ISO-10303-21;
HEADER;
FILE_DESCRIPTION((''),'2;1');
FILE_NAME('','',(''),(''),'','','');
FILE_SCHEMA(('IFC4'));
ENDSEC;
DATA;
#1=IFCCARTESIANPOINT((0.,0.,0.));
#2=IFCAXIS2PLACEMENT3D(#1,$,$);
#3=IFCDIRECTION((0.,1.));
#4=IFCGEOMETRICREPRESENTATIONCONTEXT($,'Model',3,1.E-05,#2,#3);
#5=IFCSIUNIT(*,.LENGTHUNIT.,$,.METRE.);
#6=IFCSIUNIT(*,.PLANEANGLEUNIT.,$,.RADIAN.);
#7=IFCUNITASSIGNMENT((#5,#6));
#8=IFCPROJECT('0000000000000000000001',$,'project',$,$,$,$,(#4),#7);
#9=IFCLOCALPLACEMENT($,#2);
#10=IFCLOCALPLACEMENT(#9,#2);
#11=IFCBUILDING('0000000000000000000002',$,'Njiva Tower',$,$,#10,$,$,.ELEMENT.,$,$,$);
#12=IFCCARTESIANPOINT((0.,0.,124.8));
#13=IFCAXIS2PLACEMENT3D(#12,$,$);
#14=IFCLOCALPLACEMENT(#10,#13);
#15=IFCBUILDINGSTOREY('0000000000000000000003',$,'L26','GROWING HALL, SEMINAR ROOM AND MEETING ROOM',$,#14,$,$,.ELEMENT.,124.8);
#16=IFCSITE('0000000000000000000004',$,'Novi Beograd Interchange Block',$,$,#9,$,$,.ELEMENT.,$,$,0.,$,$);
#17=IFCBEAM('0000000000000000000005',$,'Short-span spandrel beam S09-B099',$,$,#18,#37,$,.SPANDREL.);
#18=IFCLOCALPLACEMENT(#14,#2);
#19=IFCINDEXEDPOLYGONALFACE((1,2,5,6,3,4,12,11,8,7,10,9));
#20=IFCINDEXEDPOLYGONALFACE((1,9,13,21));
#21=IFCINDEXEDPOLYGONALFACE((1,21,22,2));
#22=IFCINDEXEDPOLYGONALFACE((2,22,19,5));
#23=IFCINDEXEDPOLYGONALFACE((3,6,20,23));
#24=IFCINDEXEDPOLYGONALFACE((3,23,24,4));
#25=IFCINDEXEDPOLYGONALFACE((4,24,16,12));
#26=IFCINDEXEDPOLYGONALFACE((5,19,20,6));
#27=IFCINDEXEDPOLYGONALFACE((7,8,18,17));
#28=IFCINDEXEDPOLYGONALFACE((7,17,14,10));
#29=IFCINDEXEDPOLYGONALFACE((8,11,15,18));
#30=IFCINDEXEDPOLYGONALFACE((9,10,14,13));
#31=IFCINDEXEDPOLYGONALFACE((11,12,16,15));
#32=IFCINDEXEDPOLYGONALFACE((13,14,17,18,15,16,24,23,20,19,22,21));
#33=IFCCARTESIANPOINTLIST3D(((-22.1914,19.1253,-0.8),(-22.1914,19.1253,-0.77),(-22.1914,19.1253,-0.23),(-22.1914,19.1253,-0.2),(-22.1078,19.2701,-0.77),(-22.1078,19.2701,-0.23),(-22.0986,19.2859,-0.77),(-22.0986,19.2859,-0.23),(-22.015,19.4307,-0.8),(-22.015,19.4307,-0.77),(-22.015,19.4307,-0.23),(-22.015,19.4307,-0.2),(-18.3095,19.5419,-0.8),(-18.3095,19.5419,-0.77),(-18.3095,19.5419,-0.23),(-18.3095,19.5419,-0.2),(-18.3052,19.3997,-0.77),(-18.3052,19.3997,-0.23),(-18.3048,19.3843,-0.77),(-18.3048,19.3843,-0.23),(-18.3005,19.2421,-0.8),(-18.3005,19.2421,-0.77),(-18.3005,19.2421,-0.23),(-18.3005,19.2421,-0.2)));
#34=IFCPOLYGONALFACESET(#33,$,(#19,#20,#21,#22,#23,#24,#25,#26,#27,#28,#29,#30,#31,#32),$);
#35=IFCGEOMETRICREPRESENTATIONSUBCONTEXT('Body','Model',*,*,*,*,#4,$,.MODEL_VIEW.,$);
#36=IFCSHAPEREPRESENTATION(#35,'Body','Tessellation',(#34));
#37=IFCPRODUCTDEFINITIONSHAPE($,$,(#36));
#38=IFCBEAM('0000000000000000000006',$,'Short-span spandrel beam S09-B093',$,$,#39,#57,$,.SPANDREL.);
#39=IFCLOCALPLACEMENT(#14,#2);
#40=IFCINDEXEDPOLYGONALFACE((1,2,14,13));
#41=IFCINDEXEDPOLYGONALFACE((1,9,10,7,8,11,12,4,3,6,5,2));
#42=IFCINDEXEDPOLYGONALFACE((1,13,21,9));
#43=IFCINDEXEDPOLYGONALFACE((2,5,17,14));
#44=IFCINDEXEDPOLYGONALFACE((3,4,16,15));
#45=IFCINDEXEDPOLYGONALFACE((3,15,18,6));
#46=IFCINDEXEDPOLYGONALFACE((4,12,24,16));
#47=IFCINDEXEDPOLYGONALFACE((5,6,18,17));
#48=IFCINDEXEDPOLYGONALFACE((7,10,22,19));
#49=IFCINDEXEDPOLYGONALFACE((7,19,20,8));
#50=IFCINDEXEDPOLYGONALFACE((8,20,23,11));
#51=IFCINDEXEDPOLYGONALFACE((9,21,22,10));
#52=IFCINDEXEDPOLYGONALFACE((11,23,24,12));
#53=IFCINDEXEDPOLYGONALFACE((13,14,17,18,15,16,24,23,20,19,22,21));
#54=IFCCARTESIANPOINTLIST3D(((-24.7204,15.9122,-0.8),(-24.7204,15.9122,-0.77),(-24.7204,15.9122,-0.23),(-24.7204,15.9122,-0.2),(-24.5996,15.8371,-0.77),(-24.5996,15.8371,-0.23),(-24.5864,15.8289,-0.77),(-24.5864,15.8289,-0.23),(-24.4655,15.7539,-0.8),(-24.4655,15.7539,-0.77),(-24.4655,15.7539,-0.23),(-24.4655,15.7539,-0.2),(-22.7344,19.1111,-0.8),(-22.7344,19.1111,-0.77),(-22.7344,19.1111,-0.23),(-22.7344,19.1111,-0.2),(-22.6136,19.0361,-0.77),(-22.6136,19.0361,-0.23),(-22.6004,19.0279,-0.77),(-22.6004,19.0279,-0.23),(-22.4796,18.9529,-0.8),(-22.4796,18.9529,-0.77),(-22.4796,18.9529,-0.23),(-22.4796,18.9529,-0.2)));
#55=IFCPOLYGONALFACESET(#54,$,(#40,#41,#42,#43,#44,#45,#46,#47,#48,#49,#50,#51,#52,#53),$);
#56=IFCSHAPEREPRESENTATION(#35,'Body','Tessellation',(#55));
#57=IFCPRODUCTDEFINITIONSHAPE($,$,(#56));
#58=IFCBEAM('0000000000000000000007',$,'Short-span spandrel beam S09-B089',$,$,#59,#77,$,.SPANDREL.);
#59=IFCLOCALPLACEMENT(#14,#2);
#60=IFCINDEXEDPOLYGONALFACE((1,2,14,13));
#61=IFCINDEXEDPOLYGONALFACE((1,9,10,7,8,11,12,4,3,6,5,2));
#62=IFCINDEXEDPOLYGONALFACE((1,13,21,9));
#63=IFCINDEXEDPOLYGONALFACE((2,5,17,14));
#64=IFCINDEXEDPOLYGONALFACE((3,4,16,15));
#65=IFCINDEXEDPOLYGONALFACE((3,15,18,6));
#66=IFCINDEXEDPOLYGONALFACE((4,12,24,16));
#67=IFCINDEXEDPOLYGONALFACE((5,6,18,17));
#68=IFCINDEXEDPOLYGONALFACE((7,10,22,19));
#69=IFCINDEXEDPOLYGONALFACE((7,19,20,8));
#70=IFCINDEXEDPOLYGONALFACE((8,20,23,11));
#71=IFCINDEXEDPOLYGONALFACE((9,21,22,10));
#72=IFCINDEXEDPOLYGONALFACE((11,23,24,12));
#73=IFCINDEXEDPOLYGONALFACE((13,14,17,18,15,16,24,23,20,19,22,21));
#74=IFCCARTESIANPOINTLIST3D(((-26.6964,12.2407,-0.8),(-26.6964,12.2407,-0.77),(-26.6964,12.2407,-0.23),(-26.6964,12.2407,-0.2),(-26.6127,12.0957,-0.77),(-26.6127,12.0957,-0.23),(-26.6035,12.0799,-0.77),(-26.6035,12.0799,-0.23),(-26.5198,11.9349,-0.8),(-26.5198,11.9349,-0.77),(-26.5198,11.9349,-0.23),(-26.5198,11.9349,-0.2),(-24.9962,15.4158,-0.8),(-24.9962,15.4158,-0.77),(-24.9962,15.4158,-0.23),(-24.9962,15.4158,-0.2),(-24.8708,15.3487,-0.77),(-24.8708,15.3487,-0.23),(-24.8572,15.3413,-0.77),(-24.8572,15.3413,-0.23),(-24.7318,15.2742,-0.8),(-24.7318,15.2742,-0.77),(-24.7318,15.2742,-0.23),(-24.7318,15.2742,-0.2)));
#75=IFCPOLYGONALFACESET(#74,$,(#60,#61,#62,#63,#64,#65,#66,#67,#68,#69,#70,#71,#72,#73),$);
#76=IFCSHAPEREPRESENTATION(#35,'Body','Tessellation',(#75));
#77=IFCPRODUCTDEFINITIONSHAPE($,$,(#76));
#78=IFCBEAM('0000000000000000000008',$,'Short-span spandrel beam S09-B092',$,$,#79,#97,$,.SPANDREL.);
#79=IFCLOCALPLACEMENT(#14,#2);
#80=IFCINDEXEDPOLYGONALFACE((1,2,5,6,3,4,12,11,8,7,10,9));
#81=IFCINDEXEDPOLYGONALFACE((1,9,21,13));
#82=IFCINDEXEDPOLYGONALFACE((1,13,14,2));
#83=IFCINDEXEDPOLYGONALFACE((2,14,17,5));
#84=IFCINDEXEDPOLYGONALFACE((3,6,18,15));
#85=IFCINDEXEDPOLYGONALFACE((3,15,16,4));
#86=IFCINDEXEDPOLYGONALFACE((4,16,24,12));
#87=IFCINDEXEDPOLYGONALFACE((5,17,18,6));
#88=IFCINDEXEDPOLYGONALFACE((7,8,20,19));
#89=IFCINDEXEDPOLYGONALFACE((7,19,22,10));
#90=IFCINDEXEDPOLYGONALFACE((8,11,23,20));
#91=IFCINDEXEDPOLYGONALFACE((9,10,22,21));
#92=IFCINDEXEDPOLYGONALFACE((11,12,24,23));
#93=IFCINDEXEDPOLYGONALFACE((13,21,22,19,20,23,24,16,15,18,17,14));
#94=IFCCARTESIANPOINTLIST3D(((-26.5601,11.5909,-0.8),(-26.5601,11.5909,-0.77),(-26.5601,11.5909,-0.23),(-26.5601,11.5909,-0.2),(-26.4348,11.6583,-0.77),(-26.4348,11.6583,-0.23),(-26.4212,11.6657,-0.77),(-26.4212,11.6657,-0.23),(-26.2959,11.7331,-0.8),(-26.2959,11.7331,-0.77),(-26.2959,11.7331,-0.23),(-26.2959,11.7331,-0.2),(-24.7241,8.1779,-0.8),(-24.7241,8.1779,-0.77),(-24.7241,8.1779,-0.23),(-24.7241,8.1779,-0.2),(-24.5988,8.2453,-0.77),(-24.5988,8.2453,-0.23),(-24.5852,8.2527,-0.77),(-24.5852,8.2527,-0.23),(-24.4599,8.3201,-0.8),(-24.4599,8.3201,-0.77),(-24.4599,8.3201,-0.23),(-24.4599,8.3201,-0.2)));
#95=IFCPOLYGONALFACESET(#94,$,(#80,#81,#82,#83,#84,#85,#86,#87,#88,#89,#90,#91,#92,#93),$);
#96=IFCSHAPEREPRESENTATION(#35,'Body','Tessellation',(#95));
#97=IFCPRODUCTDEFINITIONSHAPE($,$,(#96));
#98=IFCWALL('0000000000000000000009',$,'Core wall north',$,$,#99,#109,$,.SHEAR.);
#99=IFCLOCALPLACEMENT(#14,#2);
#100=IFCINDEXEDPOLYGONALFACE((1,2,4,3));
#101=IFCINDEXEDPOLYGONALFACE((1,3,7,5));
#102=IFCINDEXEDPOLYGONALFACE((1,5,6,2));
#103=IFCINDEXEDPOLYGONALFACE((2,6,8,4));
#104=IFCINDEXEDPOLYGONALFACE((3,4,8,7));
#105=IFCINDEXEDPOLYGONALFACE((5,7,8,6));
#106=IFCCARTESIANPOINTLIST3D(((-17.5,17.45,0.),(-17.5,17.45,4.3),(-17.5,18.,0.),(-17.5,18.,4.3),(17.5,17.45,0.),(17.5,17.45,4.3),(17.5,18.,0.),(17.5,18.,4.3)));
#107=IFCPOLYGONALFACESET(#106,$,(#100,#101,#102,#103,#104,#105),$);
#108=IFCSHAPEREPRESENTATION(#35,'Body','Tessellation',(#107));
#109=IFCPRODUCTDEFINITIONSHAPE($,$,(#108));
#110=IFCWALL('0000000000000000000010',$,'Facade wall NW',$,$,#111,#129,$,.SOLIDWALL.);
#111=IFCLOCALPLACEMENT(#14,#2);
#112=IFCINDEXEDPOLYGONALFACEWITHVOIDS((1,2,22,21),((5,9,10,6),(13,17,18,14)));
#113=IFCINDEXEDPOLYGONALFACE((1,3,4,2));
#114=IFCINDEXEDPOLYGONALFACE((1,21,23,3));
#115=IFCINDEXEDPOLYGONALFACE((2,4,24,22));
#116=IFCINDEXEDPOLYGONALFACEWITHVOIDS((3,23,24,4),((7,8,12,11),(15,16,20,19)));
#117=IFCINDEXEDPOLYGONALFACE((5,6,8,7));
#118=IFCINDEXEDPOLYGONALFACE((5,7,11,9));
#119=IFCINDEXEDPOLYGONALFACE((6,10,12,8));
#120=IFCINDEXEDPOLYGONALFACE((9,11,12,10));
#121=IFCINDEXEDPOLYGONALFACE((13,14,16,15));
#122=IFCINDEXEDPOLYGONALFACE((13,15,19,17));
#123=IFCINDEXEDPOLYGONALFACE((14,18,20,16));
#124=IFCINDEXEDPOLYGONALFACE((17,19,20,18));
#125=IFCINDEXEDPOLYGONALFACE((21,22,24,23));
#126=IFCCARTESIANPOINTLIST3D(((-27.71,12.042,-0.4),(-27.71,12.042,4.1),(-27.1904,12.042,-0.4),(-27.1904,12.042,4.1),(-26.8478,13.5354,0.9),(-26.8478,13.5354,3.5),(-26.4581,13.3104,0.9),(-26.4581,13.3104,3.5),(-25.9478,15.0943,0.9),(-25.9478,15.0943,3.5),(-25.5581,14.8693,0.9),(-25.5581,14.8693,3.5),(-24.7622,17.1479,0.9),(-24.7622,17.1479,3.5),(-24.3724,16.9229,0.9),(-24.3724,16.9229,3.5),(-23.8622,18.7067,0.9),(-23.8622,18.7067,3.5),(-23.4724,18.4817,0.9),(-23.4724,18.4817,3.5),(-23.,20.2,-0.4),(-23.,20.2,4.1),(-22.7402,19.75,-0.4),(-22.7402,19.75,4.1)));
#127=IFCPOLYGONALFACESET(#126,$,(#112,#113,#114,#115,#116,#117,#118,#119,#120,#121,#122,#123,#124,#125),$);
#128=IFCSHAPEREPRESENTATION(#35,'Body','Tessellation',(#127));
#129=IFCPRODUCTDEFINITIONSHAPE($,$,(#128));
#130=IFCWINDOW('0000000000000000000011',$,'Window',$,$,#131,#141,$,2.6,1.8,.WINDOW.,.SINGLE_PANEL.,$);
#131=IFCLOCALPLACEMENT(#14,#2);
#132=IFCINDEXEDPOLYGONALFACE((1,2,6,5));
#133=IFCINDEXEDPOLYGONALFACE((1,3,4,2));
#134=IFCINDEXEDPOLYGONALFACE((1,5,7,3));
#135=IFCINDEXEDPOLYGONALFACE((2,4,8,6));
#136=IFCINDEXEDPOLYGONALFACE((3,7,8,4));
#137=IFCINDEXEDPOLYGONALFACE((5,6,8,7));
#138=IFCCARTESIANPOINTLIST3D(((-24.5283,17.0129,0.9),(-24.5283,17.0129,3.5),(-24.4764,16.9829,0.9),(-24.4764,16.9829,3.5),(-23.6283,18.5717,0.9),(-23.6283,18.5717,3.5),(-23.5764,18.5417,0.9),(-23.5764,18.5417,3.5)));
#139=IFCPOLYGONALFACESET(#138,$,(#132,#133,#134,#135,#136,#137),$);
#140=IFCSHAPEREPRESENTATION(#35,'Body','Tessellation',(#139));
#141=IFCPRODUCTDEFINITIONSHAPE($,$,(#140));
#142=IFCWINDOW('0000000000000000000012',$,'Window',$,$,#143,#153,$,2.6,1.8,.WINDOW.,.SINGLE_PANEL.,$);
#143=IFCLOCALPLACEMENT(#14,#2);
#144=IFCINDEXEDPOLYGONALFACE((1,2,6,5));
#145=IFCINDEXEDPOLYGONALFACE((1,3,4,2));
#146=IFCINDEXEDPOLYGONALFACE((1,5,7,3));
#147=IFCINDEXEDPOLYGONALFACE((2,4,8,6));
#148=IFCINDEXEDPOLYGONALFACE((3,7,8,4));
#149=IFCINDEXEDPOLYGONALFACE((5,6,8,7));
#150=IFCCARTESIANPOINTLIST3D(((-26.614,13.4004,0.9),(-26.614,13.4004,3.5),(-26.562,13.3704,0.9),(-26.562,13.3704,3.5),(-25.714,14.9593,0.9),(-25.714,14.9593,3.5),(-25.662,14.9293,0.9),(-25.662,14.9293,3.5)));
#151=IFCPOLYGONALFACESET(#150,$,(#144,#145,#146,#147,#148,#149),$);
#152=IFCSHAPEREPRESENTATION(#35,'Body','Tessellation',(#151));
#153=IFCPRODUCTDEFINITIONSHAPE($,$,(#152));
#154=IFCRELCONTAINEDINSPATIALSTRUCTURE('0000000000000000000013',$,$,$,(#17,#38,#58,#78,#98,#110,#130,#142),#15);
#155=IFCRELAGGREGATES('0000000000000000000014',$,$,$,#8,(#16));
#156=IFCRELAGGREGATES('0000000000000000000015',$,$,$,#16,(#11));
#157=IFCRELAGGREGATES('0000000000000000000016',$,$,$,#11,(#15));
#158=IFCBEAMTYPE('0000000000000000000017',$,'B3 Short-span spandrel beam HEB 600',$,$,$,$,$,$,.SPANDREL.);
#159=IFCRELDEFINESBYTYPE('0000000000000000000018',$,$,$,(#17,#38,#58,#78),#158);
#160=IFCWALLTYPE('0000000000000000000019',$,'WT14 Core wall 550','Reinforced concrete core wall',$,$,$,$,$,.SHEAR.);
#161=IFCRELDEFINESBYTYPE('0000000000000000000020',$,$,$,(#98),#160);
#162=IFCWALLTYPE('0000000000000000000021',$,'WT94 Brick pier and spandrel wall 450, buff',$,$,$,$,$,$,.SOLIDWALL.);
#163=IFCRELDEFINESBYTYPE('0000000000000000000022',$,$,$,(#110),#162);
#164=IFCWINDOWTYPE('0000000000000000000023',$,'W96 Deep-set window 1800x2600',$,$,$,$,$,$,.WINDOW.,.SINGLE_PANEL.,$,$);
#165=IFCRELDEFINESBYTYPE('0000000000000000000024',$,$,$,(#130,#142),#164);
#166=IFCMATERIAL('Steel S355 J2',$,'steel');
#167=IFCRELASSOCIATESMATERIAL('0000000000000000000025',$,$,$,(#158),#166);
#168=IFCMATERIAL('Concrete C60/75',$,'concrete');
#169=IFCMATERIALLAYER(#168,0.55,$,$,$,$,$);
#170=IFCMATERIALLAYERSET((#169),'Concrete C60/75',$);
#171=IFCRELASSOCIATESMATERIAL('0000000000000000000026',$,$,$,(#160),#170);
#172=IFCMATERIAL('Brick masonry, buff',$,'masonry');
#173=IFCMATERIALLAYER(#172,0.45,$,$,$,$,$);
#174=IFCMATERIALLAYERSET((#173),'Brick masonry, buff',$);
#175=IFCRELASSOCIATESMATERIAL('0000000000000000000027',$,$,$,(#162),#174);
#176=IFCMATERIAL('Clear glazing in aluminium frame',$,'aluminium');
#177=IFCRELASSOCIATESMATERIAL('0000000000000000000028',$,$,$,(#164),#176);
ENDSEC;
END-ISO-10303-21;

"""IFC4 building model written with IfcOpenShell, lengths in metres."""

from ifc_helpers import new_model, si_unit, direction, frame, frame_2d, origin, origin_2d, place, context, subcontext, project, spatial, polyline, rectangle, i_section, outline, extrude, clip, halfspace, material, layer, layer_set, material_profile, profile_set, type_object, element, fill, save


model = new_model("IFC4")

# Units and contexts
model_context = context("Model", 3, precision=1e-05, world=origin(), true_north=direction((0.0, 1.0)))
body_context = subcontext(model_context, "Body", "Model", "MODEL_VIEW")
ifc_project = project(units=[si_unit("LENGTHUNIT", "METRE"), si_unit("PLANEANGLEUNIT", "RADIAN")], contexts=[model_context])

# Site, building, storey
site_placement = place(None, origin())
site = spatial("IfcSite", under=ifc_project, at=site_placement, Name="Novi Beograd Interchange Block", CompositionType="ELEMENT", RefElevation=0.0)
building_placement = place(site_placement, origin())
building = spatial("IfcBuilding", under=site, at=building_placement, Name="Njiva Tower", CompositionType="ELEMENT")
storey_placement = place(building_placement, frame((0.0, 0.0, 124.8)))
storey = spatial("IfcBuildingStorey", under=building, at=storey_placement, Name="L26", Description="GROWING HALL, SEMINAR ROOM AND MEETING ROOM", CompositionType="ELEMENT", Elevation=124.8)

# Shared definitions
ifc_material_1 = material(Name="Steel S355 J2", Category="steel")

# Beams
ifc_material_profile_1 = material_profile(ifc_material_1, i_section(OverallWidth=0.3, OverallDepth=0.6, WebThickness=0.0155, FlangeThickness=0.03, at=origin_2d()), Name="HEB 600")
ifc_profile_set_1 = profile_set([ifc_material_profile_1], Name="Steel S355 J2")
beam_type_1 = type_object("IfcBeamType", Name="B3 Short-span spandrel beam HEB 600", PredefinedType="SPANDREL", material=ifc_profile_set_1)
beam_1_placement = place(storey_placement, frame((-18.305, 19.392, -0.5), z_axis=(-0.99955, -0.030002, 0.0), x_axis=(0.030002, -0.99955, 0.0)))
element("IfcBeam", 1, at=beam_1_placement, inside=storey, type_object=beam_type_1, Name="Short-span spandrel beam S09-B099", PredefinedType="SPANDREL", context=body_context, shape_type="Clipping", body=[
    clip(extrude(i_section(OverallWidth=0.3, OverallDepth=0.6, WebThickness=0.0155, FlangeThickness=0.03, at=origin_2d()), origin(), (0.0, 0.0, 1.0), 3.9127), halfspace(frame((-0.0259, 0.0, 3.7839), z_axis=(-0.525756, 0.0, 0.850636), x_axis=(0.0, 1.0, 0.0)), False)),
])
beam_2_placement = place(storey_placement, frame((-22.607, 19.032, -0.5), z_axis=(-0.527442, -0.849591, 0.0), x_axis=(0.849591, -0.527442, 0.0)))
element("IfcBeam", 2, at=beam_2_placement, inside=storey, type_object=beam_type_1, Name="Short-span spandrel beam S09-B093", PredefinedType="SPANDREL", context=body_context, shape_type="SweptSolid", body=[
    extrude(i_section(OverallWidth=0.3, OverallDepth=0.6, WebThickness=0.0155, FlangeThickness=0.03, at=origin_2d()), origin(), (0.0, 0.0, 1.0), 3.7653),
])
beam_3_placement = place(storey_placement, frame((-24.864, 15.345, -0.5), z_axis=(-0.472049, -0.881573, 0.0), x_axis=(0.881573, -0.472049, 0.0)))
element("IfcBeam", 3, at=beam_3_placement, inside=storey, type_object=beam_type_1, Name="Short-span spandrel beam S09-B089", PredefinedType="SPANDREL", context=body_context, shape_type="Clipping", body=[
    clip(extrude(i_section(OverallWidth=0.3, OverallDepth=0.6, WebThickness=0.0155, FlangeThickness=0.03, at=origin_2d()), origin(), (0.0, 0.0, 1.0), 3.8075), halfspace(frame((-0.0263, 0.0, 3.6784), z_axis=(-0.527442, 0.0, 0.849591), x_axis=(0.0, 1.0, 0.0)), False)),
])
beam_4_placement = place(storey_placement, frame((-26.428, 11.662, -0.5), z_axis=(0.473746, -0.880662, 0.0), x_axis=(0.880662, 0.473746, 0.0)))
element("IfcBeam", 4, at=beam_4_placement, inside=storey, type_object=beam_type_1, Name="Short-span spandrel beam S09-B092", PredefinedType="SPANDREL", context=body_context, shape_type="SweptSolid", body=[
    extrude(i_section(OverallWidth=0.3, OverallDepth=0.6, WebThickness=0.0155, FlangeThickness=0.03, at=origin_2d()), origin(), (0.0, 0.0, 1.0), 3.8755),
])

# Wall
ifc_material_2 = material(Name="Concrete C60/75", Category="concrete")
ifc_layer_1 = layer(ifc_material_2, 0.55)
ifc_layer_set_1 = layer_set([ifc_layer_1], Name="Concrete C60/75")
wall_type_1 = type_object("IfcWallType", Name="WT14 Core wall 550", Description="Reinforced concrete core wall", PredefinedType="SHEAR", material=ifc_layer_set_1)
wall_1_placement = place(storey_placement, frame((-17.5, 17.725, 0.0), z_axis=(0.0, 0.0, 1.0), x_axis=(1.0, 0.0, 0.0)))
element("IfcWall", 5, at=wall_1_placement, inside=storey, type_object=wall_type_1, Name="Core wall north", PredefinedType="SHEAR", context=body_context, shape_type="SweptSolid", body=[
    extrude(rectangle(XDim=35.0, YDim=0.55, at=frame_2d((17.5, 0.0))), origin(), (0.0, 0.0, 1.0), 4.3),
])

# Wall, openings, windows
ifc_material_3 = material(Name="Clear glazing in aluminium frame", Category="aluminium")
ifc_material_4 = material(Name="Brick masonry, buff", Category="masonry")
ifc_layer_2 = layer(ifc_material_4, 0.45)
ifc_layer_set_2 = layer_set([ifc_layer_2], Name="Brick masonry, buff")
wall_type_2 = type_object("IfcWallType", Name="WT94 Brick pier and spandrel wall 450, buff", PredefinedType="SOLIDWALL", material=ifc_layer_set_2)
wall_2_placement = place(storey_placement, frame((-22.8701, 19.975, -0.4), z_axis=(0.0, 0.0, 1.0), x_axis=(-0.499998, -0.866026, 0.0)))
wall_2 = element("IfcWall", 6, at=wall_2_placement, inside=storey, type_object=wall_type_2, Name="Facade wall NW", PredefinedType="SOLIDWALL", context=body_context, shape_type="SweptSolid", body=[
    extrude(outline(polyline([(-0.1299, -0.225), (9.2901, -0.225), (9.0303, 0.225), (0.1299, 0.225), (-0.1299, -0.225)])), origin(), (0.0, 0.0, 1.0), 4.5),
])
opening_1_placement = place(wall_2_placement, frame((1.5944, 0.0, 1.3)))
opening_1 = element("IfcOpeningElement", 7, at=opening_1_placement, cuts=wall_2, PredefinedType="OPENING", context=body_context, shape_type="SweptSolid", body=[
    extrude(rectangle(XDim=1.8, YDim=2.6, at=frame_2d((0.9, 1.3))), frame((0.0, 0.235, 0.0), z_axis=(0.0, -1.0, 0.0), x_axis=(1.0, 0.0, 0.0)), (0.0, 0.0, 1.0), 0.47),
])
opening_2_placement = place(wall_2_placement, frame((5.7657, 0.0, 1.3)))
opening_2 = element("IfcOpeningElement", 8, at=opening_2_placement, cuts=wall_2, PredefinedType="OPENING", context=body_context, shape_type="SweptSolid", body=[
    extrude(rectangle(XDim=1.8, YDim=2.6, at=frame_2d((0.9, 1.3))), frame((0.0, 0.235, 0.0), z_axis=(0.0, -1.0, 0.0), x_axis=(1.0, 0.0, 0.0)), (0.0, 0.0, 1.0), 0.47),
])
window_type_1 = type_object("IfcWindowType", Name="W96 Deep-set window 1800x2600", PartitioningType="SINGLE_PANEL", PredefinedType="WINDOW", material=ifc_material_3)
window_1_placement = place(opening_1_placement, origin())
window_1 = element("IfcWindow", 9, at=window_1_placement, inside=storey, type_object=window_type_1, Name="Window", OverallHeight=2.6, OverallWidth=1.8, PartitioningType="SINGLE_PANEL", PredefinedType="WINDOW", context=body_context, shape_type="SweptSolid", body=[
    extrude(rectangle(XDim=1.8, YDim=2.6, at=frame_2d((0.9, 1.3))), frame((0.0, 0.105, 0.0), z_axis=(0.0, -1.0, 0.0), x_axis=(1.0, 0.0, 0.0)), (0.0, 0.0, 1.0), 0.06),
])
fill(opening_1, window_1)
window_2_placement = place(opening_2_placement, origin())
window_2 = element("IfcWindow", 10, at=window_2_placement, inside=storey, type_object=window_type_1, Name="Window", OverallHeight=2.6, OverallWidth=1.8, PartitioningType="SINGLE_PANEL", PredefinedType="WINDOW", context=body_context, shape_type="SweptSolid", body=[
    extrude(rectangle(XDim=1.8, YDim=2.6, at=frame_2d((0.9, 1.3))), frame((0.0, 0.105, 0.0), z_axis=(0.0, -1.0, 0.0), x_axis=(1.0, 0.0, 0.0)), (0.0, 0.0, 1.0), 0.06),
])
fill(opening_2, window_2)

save(model, "model.ifc")
